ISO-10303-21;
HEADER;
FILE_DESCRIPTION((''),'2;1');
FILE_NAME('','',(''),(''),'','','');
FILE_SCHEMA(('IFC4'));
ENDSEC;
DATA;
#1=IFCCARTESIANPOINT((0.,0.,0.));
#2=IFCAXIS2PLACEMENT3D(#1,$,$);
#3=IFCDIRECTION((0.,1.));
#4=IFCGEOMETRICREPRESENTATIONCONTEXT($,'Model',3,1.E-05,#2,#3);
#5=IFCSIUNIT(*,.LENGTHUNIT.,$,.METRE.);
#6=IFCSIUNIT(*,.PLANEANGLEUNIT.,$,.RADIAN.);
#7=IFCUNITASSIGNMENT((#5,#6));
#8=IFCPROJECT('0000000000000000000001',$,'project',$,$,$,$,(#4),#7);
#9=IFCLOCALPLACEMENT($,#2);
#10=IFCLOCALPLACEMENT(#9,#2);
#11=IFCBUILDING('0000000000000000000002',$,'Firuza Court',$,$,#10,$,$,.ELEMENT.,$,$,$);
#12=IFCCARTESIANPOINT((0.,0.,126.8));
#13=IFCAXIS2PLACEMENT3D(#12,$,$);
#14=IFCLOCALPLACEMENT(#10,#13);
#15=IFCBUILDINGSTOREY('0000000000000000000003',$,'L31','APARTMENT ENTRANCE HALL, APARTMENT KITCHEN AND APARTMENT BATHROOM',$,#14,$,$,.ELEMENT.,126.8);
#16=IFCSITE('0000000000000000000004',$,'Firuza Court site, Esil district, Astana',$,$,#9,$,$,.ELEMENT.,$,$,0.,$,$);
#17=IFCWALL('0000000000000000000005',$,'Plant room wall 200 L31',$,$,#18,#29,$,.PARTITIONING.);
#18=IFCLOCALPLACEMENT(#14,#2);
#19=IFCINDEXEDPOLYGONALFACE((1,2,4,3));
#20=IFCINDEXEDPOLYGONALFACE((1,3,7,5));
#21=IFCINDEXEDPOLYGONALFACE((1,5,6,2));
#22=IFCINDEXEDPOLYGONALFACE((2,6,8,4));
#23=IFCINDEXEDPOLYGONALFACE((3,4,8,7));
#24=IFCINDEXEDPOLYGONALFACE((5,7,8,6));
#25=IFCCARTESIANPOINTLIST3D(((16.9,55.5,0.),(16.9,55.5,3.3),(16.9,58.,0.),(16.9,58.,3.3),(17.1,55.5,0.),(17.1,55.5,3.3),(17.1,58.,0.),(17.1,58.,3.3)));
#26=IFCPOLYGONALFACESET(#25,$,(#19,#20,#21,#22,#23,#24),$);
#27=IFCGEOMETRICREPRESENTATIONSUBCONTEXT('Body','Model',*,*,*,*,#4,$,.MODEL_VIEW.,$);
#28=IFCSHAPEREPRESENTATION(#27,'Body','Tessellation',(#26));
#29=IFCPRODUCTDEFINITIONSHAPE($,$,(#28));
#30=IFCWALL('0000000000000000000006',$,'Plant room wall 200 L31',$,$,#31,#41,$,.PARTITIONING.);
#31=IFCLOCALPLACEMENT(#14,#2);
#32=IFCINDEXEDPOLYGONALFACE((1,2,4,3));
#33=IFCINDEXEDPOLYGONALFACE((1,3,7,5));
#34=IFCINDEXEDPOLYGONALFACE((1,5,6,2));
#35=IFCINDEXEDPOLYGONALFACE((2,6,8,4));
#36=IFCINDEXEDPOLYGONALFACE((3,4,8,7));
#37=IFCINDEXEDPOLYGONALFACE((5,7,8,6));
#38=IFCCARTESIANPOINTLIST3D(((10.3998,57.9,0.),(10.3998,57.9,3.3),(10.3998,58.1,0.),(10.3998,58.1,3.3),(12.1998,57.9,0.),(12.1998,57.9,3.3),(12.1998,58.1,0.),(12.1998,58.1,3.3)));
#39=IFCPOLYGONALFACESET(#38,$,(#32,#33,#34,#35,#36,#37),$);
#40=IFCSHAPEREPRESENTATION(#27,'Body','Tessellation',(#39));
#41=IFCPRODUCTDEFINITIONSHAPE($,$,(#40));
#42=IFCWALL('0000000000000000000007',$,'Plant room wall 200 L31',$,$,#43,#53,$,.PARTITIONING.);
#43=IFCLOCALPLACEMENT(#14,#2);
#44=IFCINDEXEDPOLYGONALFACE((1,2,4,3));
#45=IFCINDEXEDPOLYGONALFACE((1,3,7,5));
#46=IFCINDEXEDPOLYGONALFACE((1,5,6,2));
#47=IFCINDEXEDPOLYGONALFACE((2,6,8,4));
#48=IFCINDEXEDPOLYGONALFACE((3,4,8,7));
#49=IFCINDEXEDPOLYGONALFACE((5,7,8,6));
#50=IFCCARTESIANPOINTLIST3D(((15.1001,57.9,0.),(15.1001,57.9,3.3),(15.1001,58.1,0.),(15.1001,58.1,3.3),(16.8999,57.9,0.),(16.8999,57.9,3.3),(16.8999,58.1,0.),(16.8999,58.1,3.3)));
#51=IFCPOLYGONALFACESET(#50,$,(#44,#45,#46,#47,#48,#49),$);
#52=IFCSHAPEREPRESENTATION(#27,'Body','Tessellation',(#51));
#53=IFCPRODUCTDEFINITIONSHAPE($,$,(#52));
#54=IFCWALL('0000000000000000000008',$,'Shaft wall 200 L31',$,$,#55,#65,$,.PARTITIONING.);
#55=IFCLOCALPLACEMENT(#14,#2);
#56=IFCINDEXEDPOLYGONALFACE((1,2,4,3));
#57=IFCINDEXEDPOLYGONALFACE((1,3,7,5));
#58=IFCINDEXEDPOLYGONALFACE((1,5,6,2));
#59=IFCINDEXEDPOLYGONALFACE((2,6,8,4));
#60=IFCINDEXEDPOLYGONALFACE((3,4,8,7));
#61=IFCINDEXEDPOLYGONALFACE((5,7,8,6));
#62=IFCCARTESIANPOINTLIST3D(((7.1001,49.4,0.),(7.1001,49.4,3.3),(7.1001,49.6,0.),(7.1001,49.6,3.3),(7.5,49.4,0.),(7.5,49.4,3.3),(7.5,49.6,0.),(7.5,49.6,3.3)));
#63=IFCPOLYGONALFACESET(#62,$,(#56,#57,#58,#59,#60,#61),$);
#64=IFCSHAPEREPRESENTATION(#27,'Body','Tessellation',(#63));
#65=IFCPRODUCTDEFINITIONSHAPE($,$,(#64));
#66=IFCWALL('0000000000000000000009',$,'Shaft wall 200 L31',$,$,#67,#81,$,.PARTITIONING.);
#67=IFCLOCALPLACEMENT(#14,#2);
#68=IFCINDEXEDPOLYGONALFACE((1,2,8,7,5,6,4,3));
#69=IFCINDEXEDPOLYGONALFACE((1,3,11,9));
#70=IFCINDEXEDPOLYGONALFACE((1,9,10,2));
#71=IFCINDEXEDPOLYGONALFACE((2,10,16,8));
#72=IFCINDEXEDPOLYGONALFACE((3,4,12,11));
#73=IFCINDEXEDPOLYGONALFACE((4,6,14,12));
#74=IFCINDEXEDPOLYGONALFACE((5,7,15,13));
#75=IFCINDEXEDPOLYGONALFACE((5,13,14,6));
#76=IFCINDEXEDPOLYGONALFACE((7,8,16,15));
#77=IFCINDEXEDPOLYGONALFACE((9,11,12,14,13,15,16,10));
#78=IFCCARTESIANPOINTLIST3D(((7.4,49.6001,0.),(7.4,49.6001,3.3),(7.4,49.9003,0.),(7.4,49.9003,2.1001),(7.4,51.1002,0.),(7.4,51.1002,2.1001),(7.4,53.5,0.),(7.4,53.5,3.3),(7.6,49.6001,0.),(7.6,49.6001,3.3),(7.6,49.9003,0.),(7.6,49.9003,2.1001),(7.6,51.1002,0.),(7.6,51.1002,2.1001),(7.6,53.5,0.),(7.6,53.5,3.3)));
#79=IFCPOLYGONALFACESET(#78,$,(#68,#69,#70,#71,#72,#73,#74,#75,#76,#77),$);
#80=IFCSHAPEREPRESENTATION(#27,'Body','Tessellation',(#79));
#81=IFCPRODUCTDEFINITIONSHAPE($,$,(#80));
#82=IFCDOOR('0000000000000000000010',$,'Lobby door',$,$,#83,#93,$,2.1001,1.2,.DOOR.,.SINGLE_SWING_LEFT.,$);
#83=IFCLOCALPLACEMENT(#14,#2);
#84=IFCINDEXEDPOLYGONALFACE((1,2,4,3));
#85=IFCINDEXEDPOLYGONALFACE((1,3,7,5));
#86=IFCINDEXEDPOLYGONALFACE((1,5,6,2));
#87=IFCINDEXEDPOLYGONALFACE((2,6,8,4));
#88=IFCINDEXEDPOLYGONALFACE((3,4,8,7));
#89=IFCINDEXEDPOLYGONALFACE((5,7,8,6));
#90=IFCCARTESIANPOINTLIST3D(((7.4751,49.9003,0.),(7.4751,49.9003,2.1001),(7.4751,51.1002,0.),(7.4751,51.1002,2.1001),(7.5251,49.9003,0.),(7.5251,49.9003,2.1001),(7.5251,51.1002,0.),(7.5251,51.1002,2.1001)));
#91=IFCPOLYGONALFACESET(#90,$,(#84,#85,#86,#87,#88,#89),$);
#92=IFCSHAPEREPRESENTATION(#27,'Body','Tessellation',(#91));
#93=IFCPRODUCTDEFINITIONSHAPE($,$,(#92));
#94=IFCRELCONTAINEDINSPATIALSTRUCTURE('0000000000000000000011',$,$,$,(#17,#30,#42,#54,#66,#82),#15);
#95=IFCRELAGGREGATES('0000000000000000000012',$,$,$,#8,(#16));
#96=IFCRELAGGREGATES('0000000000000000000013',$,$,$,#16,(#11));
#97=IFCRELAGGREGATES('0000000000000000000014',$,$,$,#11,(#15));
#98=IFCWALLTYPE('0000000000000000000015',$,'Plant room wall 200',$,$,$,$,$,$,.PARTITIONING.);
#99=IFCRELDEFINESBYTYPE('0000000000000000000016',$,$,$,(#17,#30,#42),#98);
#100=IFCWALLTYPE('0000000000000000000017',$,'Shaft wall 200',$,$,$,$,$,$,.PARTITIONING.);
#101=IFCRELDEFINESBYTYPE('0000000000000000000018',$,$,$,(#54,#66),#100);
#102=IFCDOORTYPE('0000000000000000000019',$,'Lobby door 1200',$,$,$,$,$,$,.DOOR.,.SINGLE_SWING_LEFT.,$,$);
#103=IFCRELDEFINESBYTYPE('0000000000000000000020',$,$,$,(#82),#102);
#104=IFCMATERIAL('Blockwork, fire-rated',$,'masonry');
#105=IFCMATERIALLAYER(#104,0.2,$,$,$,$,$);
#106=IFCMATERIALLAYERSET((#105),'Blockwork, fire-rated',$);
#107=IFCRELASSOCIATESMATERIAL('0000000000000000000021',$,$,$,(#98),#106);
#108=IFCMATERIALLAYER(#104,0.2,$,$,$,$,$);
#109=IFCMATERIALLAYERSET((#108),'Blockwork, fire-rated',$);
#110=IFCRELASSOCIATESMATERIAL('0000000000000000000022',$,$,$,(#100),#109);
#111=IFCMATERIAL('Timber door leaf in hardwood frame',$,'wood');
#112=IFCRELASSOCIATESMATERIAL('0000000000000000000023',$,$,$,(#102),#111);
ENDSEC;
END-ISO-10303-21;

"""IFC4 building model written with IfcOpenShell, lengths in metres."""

from ifc_helpers import new_model, si_unit, direction, frame, frame_2d, origin, place, context, subcontext, project, spatial, rectangle, extrude, material, layer, layer_set, type_object, element, fill, save


model = new_model("IFC4")

# Units and contexts
model_context = context("Model", 3, precision=1e-05, world=origin(), true_north=direction((0.0, 1.0)))
body_context = subcontext(model_context, "Body", "Model", "MODEL_VIEW")
ifc_project = project(units=[si_unit("LENGTHUNIT", "METRE"), si_unit("PLANEANGLEUNIT", "RADIAN")], contexts=[model_context])

# Site, building, storey
site_placement = place(None, origin())
site = spatial("IfcSite", under=ifc_project, at=site_placement, Name="Firuza Court site, Esil district, Astana", CompositionType="ELEMENT", RefElevation=0.0)
building_placement = place(site_placement, origin())
building = spatial("IfcBuilding", under=site, at=building_placement, Name="Firuza Court", CompositionType="ELEMENT")
storey_placement = place(building_placement, frame((0.0, 0.0, 126.8)))
storey = spatial("IfcBuildingStorey", under=building, at=storey_placement, Name="L31", Description="APARTMENT ENTRANCE HALL, APARTMENT KITCHEN AND APARTMENT BATHROOM", CompositionType="ELEMENT", Elevation=126.8)

# Shared definitions
ifc_material_1 = material(Name="Blockwork, fire-rated", Category="masonry")
ifc_layer_1 = layer(ifc_material_1, 0.2)
ifc_layer_set_1 = layer_set([ifc_layer_1], Name="Blockwork, fire-rated")
wall_type_1 = type_object("IfcWallType", Name="Plant room wall 200", PredefinedType="PARTITIONING", material=ifc_layer_set_1)

# Walls
wall_1_placement = place(storey_placement, frame((17.0, 55.5, 0.0), z_axis=(0.0, 0.0, 1.0), x_axis=(0.0, 1.0, 0.0)))
element("IfcWall", 1, at=wall_1_placement, inside=storey, type_object=wall_type_1, Name="Plant room wall 200 L31", PredefinedType="PARTITIONING", context=body_context, shape_type="SweptSolid", body=[
    extrude(rectangle(XDim=2.5, YDim=0.2, at=frame_2d((1.25, 0.0))), origin(), (0.0, 0.0, 1.0), 3.3),
])
wall_2_placement = place(storey_placement, frame((10.3999, 58.0, 0.0), z_axis=(0.0, 0.0, 1.0), x_axis=(1.0, 0.0, 0.0)))
element("IfcWall", 2, at=wall_2_placement, inside=storey, type_object=wall_type_1, Name="Plant room wall 200 L31", PredefinedType="PARTITIONING", context=body_context, shape_type="SweptSolid", body=[
    extrude(rectangle(XDim=1.8, YDim=0.2, at=frame_2d((0.8999, 0.0))), origin(), (0.0, 0.0, 1.0), 3.3),
])
wall_3_placement = place(storey_placement, frame((15.1001, 58.0, 0.0), z_axis=(0.0, 0.0, 1.0), x_axis=(1.0, 0.0, 0.0)))
element("IfcWall", 3, at=wall_3_placement, inside=storey, type_object=wall_type_1, Name="Plant room wall 200 L31", PredefinedType="PARTITIONING", context=body_context, shape_type="SweptSolid", body=[
    extrude(rectangle(XDim=1.7998, YDim=0.2, at=frame_2d((0.8999, 0.0))), origin(), (0.0, 0.0, 1.0), 3.3),
])
ifc_layer_2 = layer(ifc_material_1, 0.2)
ifc_layer_set_2 = layer_set([ifc_layer_2], Name="Blockwork, fire-rated")
wall_type_2 = type_object("IfcWallType", Name="Shaft wall 200", PredefinedType="PARTITIONING", material=ifc_layer_set_2)
wall_4_placement = place(storey_placement, frame((7.1001, 49.5, 0.0), z_axis=(0.0, 0.0, 1.0), x_axis=(1.0, 0.0, 0.0)))
element("IfcWall", 4, at=wall_4_placement, inside=storey, type_object=wall_type_2, Name="Shaft wall 200 L31", PredefinedType="PARTITIONING", context=body_context, shape_type="SweptSolid", body=[
    extrude(rectangle(XDim=0.3999, YDim=0.2, at=frame_2d((0.2, 0.0))), origin(), (0.0, 0.0, 1.0), 3.3),
])

# Wall, opening, door
wall_5_placement = place(storey_placement, frame((7.5, 49.6001, 0.0), z_axis=(0.0, 0.0, 1.0), x_axis=(0.0, 1.0, 0.0)))
wall_5 = element("IfcWall", 5, at=wall_5_placement, inside=storey, type_object=wall_type_2, Name="Shaft wall 200 L31", PredefinedType="PARTITIONING", context=body_context, shape_type="SweptSolid", body=[
    extrude(rectangle(XDim=3.8999, YDim=0.2, at=frame_2d((1.95, 0.0))), origin(), (0.0, 0.0, 1.0), 3.3),
])
opening_1_placement = place(wall_5_placement, frame((0.3, 0.0, 0.0)))
opening_1 = element("IfcOpeningElement", 6, at=opening_1_placement, cuts=wall_5, PredefinedType="OPENING", context=body_context, shape_type="SweptSolid", body=[
    extrude(rectangle(XDim=1.2, YDim=2.1001, at=frame_2d((0.6001, 1.05))), frame((0.0, 0.1118, 0.0), z_axis=(0.0, -1.0, 0.0), x_axis=(1.0, 0.0, 0.0)), (0.0, 0.0, 1.0), 0.2239),
])
ifc_material_2 = material(Name="Timber door leaf in hardwood frame", Category="wood")
door_type_1 = type_object("IfcDoorType", Name="Lobby door 1200", OperationType="SINGLE_SWING_LEFT", PredefinedType="DOOR", material=ifc_material_2)
door_1_placement = place(opening_1_placement, origin())
door_1 = element("IfcDoor", 7, at=door_1_placement, inside=storey, type_object=door_type_1, Name="Lobby door", OperationType="SINGLE_SWING_LEFT", OverallHeight=2.1001, OverallWidth=1.2, PredefinedType="DOOR", context=body_context, shape_type="SweptSolid", body=[
    extrude(rectangle(XDim=1.2, YDim=2.1001, at=frame_2d((0.6001, 1.05))), frame((0.0, 0.0249, 0.0), z_axis=(0.0, -1.0, 0.0), x_axis=(1.0, 0.0, 0.0)), (0.0, 0.0, 1.0), 0.05),
])
fill(opening_1, door_1)

save(model, "model.ifc")
